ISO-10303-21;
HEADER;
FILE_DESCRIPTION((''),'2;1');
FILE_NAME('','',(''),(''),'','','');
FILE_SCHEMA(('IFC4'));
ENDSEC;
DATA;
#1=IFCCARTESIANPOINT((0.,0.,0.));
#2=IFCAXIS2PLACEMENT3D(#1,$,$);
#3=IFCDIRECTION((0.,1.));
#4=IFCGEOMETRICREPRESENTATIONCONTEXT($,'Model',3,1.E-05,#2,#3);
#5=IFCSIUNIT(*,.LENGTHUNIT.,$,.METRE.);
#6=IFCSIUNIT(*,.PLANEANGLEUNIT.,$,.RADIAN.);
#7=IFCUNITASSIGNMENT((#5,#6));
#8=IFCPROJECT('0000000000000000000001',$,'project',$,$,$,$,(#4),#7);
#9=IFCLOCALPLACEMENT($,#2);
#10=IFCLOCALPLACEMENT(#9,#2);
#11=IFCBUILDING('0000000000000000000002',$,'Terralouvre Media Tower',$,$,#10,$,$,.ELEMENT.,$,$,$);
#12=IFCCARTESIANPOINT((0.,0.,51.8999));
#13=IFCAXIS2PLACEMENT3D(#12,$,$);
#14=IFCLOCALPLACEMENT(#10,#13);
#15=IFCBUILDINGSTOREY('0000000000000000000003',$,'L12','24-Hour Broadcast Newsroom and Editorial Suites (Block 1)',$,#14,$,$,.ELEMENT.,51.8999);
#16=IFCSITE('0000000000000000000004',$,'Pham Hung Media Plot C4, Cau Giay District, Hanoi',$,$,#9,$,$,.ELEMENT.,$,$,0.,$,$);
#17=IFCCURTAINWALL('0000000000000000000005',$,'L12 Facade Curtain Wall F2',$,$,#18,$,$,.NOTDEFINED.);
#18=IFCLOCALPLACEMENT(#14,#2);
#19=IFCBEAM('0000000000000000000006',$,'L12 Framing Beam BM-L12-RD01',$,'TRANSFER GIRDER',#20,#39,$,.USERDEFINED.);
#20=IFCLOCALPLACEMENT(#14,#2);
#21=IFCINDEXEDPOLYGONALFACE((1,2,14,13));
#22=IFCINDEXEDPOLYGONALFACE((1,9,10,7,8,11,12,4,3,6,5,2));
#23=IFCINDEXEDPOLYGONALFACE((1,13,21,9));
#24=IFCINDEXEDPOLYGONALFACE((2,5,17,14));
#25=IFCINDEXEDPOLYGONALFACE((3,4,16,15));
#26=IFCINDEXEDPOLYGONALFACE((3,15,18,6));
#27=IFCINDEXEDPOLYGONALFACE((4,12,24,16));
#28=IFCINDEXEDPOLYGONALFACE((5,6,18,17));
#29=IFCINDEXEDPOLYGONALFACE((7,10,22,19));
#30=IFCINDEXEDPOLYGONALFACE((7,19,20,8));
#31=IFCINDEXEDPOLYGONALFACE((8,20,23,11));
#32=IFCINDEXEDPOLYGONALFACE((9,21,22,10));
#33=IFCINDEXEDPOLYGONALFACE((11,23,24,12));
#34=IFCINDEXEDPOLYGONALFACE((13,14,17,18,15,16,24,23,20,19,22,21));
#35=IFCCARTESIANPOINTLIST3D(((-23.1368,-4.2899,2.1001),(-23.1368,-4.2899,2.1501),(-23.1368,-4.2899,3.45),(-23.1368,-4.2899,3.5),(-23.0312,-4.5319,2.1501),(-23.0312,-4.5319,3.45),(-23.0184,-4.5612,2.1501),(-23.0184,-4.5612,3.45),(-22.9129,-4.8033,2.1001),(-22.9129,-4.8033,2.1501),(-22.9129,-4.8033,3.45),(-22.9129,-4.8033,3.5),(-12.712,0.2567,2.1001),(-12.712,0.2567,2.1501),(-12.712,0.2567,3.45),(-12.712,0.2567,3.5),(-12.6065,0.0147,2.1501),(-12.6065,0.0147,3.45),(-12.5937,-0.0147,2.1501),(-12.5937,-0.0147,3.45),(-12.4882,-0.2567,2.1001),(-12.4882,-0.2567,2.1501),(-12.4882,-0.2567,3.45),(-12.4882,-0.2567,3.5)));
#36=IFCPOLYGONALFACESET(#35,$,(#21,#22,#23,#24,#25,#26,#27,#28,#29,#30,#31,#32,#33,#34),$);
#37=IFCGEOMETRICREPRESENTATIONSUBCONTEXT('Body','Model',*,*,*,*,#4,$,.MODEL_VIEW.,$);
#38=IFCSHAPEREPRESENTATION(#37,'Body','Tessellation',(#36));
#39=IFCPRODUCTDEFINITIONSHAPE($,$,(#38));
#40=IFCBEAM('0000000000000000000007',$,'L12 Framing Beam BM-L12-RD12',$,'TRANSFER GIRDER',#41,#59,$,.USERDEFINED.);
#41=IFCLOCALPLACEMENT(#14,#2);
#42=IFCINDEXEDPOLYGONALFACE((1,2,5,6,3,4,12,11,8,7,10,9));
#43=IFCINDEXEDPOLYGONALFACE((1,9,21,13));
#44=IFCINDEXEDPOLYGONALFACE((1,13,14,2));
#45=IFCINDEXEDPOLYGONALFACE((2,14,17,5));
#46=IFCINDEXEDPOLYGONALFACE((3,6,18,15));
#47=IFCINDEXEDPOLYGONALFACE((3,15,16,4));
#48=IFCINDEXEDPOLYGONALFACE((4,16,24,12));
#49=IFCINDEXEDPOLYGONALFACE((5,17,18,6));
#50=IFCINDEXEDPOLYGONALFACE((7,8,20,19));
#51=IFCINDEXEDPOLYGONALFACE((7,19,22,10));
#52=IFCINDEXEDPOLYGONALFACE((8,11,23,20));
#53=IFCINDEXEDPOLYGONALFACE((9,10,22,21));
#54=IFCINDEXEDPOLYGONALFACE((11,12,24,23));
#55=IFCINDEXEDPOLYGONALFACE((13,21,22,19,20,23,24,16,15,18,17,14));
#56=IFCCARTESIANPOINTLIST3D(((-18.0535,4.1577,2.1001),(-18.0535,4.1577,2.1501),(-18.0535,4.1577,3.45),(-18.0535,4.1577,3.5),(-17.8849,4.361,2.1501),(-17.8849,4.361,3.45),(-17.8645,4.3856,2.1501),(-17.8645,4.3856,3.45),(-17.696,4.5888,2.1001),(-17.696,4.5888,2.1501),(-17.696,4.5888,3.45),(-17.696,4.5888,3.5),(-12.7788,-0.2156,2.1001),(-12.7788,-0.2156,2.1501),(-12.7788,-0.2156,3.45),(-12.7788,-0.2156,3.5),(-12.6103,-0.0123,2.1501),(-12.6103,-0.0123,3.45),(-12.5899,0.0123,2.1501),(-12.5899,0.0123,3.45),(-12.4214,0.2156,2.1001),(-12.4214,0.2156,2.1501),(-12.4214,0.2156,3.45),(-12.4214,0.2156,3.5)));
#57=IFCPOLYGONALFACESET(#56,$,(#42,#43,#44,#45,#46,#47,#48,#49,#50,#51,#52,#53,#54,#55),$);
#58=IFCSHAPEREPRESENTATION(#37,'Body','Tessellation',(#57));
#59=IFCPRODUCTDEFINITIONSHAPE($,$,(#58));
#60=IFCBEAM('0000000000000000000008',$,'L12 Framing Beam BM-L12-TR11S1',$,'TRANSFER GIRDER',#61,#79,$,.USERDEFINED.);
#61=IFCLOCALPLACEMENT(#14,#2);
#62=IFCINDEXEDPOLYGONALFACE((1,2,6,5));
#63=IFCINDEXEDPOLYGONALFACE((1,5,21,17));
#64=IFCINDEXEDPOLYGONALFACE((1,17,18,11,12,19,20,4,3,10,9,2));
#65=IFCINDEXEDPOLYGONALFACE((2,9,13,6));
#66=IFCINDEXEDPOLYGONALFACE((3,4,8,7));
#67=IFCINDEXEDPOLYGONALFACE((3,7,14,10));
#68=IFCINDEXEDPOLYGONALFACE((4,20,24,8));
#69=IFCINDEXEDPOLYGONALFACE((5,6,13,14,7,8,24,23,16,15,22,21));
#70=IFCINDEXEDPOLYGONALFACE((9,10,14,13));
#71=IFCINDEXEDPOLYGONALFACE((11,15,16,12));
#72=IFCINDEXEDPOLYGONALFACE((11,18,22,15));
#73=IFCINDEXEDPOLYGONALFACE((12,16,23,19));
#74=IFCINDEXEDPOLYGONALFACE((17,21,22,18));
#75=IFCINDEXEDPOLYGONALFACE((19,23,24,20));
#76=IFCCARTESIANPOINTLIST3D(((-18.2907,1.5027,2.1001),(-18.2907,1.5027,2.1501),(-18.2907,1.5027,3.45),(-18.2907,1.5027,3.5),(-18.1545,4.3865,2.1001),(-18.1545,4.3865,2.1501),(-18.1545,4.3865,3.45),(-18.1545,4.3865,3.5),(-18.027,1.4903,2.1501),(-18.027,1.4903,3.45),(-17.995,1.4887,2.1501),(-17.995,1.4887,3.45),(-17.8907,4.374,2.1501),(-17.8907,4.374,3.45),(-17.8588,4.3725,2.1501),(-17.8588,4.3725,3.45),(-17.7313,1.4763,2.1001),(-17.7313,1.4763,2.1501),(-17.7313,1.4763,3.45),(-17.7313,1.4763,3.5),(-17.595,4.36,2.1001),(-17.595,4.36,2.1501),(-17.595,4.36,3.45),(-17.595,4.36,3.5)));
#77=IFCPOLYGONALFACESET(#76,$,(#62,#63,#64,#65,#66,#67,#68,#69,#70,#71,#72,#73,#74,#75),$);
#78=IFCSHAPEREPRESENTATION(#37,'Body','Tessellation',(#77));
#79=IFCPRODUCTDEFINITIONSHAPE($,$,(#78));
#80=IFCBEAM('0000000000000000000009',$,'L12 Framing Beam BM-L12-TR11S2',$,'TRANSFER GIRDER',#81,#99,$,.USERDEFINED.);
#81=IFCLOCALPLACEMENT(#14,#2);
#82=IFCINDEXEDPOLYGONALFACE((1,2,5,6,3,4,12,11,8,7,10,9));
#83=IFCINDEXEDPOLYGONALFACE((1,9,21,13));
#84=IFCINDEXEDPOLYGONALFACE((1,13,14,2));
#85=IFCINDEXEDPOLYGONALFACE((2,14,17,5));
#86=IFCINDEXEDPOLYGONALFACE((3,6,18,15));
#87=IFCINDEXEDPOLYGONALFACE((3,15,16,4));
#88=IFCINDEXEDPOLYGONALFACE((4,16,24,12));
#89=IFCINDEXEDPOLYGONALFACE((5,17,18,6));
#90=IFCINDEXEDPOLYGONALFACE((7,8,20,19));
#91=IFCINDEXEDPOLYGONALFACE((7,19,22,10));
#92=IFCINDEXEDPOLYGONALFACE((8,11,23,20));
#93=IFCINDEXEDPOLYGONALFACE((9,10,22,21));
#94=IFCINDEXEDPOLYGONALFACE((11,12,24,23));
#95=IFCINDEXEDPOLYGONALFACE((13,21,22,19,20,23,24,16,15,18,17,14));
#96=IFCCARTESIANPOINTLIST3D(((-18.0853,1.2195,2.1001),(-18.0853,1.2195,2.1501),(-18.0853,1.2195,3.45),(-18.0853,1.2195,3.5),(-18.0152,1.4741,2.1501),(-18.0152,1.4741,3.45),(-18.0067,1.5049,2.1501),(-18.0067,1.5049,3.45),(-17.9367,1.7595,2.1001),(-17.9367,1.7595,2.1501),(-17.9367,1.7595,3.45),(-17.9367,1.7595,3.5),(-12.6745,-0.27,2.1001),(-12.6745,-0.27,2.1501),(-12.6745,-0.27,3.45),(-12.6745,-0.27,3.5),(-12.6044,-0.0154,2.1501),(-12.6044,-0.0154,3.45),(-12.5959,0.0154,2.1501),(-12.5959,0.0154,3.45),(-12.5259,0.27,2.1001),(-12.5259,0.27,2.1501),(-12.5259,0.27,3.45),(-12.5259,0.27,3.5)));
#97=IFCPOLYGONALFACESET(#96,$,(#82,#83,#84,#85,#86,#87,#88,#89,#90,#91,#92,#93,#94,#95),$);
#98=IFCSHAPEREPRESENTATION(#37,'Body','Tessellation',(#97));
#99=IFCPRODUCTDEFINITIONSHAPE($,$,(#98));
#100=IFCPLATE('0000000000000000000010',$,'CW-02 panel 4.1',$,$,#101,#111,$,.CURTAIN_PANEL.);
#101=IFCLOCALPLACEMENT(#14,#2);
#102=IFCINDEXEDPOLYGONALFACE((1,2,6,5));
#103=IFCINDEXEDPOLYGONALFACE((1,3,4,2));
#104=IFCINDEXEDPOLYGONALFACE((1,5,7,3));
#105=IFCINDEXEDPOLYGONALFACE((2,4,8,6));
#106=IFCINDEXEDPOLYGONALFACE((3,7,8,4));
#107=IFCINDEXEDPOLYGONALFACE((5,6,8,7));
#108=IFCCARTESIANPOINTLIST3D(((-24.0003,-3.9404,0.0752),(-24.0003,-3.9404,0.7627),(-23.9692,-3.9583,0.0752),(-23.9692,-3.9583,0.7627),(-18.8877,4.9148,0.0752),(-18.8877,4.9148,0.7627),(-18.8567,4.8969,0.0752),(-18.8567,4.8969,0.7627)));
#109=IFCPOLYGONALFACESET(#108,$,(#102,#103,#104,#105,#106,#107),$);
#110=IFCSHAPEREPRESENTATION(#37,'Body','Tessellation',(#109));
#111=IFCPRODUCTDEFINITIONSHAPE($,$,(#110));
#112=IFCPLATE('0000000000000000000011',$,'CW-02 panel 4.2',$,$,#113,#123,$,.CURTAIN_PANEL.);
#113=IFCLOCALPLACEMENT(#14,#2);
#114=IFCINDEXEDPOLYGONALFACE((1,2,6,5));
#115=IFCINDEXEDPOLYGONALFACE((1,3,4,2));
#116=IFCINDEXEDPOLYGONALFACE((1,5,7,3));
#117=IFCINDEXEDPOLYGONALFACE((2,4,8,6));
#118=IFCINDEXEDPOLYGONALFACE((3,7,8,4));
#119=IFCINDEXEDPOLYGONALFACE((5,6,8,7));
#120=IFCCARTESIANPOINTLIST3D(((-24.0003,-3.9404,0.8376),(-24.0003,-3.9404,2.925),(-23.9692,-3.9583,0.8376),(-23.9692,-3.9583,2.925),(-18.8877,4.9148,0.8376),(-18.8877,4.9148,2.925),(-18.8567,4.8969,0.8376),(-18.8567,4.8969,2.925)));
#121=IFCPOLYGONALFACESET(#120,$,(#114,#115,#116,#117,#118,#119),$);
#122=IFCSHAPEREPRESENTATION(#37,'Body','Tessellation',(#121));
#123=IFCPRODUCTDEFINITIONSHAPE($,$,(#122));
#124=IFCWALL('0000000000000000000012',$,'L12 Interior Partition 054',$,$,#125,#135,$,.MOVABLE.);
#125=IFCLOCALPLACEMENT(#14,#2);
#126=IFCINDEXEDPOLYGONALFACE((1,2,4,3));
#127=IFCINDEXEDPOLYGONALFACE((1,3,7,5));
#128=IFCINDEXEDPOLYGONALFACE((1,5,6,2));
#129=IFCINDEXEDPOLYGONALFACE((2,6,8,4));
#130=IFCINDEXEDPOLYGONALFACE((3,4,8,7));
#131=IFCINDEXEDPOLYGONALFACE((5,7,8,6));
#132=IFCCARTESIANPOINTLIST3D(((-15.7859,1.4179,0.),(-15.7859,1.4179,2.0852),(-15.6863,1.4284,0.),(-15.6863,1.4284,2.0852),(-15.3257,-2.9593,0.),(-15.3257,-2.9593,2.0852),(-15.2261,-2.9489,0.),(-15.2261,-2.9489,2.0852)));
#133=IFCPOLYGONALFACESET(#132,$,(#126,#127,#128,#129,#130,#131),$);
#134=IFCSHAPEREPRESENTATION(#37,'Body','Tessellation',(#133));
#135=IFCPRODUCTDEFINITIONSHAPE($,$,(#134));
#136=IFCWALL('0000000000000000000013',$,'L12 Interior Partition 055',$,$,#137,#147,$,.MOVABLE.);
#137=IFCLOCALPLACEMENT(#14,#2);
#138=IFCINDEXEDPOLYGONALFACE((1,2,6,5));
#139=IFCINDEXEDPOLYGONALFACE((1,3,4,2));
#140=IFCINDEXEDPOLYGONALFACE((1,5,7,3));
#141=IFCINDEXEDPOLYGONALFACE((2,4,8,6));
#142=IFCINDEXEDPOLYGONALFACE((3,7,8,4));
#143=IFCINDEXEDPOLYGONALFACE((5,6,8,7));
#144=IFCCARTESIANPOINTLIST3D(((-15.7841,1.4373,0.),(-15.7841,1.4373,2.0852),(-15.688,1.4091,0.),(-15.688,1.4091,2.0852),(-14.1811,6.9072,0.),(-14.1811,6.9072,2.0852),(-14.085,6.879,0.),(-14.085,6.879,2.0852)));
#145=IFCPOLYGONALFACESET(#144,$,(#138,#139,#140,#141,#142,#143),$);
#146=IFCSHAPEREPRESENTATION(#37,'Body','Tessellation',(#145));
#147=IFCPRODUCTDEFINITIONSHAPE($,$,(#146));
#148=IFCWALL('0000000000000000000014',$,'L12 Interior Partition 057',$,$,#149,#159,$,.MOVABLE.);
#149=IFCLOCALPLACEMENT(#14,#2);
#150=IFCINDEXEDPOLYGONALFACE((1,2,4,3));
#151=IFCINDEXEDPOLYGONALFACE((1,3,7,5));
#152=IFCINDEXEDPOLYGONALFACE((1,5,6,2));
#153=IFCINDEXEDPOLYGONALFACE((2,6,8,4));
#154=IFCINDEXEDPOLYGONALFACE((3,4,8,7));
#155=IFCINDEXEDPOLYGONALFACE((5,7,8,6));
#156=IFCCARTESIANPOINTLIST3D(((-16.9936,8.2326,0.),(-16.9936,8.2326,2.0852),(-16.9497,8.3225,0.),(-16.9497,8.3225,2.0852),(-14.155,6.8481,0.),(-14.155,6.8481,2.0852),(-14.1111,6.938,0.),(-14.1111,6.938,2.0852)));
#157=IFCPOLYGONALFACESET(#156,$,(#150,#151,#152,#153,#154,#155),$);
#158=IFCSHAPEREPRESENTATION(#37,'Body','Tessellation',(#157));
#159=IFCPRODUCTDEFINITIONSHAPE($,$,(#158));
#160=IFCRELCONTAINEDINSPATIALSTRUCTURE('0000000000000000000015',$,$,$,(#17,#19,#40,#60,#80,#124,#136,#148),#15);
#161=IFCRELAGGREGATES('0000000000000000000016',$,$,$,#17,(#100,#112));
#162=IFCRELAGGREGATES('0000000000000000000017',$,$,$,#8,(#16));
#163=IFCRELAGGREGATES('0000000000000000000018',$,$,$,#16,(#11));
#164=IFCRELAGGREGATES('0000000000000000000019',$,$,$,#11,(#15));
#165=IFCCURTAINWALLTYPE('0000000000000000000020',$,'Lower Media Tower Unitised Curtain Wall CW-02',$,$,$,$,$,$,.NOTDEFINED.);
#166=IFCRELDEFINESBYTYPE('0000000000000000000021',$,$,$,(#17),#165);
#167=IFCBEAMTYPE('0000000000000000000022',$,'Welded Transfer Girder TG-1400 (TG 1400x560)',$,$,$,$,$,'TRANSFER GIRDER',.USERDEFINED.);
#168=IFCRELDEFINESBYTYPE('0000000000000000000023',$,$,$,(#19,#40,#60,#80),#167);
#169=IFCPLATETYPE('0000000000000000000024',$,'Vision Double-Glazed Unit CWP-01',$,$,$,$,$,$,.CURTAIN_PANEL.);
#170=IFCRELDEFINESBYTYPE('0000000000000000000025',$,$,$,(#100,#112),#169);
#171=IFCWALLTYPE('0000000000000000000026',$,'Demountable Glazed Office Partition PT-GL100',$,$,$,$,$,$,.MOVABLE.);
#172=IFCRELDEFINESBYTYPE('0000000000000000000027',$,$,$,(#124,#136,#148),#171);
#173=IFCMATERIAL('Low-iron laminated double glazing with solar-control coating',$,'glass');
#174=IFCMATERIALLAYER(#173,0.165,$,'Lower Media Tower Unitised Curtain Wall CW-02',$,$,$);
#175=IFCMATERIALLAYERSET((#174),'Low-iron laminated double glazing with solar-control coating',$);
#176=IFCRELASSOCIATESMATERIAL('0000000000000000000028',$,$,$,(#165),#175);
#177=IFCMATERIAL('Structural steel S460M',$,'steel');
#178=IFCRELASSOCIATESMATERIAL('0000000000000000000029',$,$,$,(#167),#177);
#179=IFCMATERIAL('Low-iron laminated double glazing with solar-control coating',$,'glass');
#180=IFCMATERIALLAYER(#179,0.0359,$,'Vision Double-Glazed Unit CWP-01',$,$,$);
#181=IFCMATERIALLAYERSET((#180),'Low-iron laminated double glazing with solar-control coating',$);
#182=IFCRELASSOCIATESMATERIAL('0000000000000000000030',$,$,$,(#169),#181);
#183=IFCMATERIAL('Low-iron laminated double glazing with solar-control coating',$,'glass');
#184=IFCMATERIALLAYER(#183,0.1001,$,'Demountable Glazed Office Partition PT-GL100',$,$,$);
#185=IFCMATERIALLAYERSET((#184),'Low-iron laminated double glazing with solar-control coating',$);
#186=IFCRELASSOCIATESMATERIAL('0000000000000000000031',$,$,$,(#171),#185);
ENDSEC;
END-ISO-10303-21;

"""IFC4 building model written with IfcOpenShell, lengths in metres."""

from ifc_helpers import new_model, si_unit, direction, frame, frame_2d, origin, origin_2d, place, context, subcontext, project, spatial, rectangle, i_section, extrude, material, layer, layer_set, material_profile, profile_set, type_object, element, aggregate, save


model = new_model("IFC4")

# Units and contexts
model_context = context("Model", 3, precision=1e-05, world=origin(), true_north=direction((0.0, 1.0)))
body_context = subcontext(model_context, "Body", "Model", "MODEL_VIEW")
ifc_project = project(units=[si_unit("LENGTHUNIT", "METRE"), si_unit("PLANEANGLEUNIT", "RADIAN")], contexts=[model_context])

# Site, building, storey
site_placement = place(None, origin())
site = spatial("IfcSite", under=ifc_project, at=site_placement, Name="Pham Hung Media Plot C4, Cau Giay District, Hanoi", CompositionType="ELEMENT", RefElevation=0.0)
building_placement = place(site_placement, origin())
building = spatial("IfcBuilding", under=site, at=building_placement, Name="Terralouvre Media Tower", CompositionType="ELEMENT")
storey_placement = place(building_placement, frame((0.0, 0.0, 51.8999)))
storey = spatial("IfcBuildingStorey", under=building, at=storey_placement, Name="L12", Description="24-Hour Broadcast Newsroom and Editorial Suites (Block 1)", CompositionType="ELEMENT", Elevation=51.8999)

# Curtain wall
ifc_material_1 = material(Name="Low-iron laminated double glazing with solar-control coating", Category="glass")
ifc_layer_1 = layer(ifc_material_1, 0.165, Name="Lower Media Tower Unitised Curtain Wall CW-02")
ifc_layer_set_1 = layer_set([ifc_layer_1], Name="Low-iron laminated double glazing with solar-control coating")
curtain_wall_type = type_object("IfcCurtainWallType", Name="Lower Media Tower Unitised Curtain Wall CW-02", PredefinedType="NOTDEFINED", material=ifc_layer_set_1)
curtain_wall_placement = place(storey_placement, origin())
curtain_wall = element("IfcCurtainWall", 1, at=curtain_wall_placement, inside=storey, type_object=curtain_wall_type, Name="L12 Facade Curtain Wall F2", PredefinedType="NOTDEFINED")

# Beams
ifc_material_2 = material(Name="Structural steel S460M", Category="steel")
ifc_material_profile_1 = material_profile(ifc_material_2, i_section(OverallWidth=0.5601, OverallDepth=1.3999, WebThickness=0.032, FlangeThickness=0.05, at=origin_2d()), Name="TG 1400x560")
ifc_profile_set_1 = profile_set([ifc_material_profile_1], Name="Structural steel S460M")
beam_type_1 = type_object("IfcBeamType", Name="Welded Transfer Girder TG-1400 (TG 1400x560)", ElementType="TRANSFER GIRDER", PredefinedType="USERDEFINED", material=ifc_profile_set_1)
beam_1_placement = place(storey_placement, frame((-12.6001, 0.0, 2.8), z_axis=(-0.916616, -0.399769, 0.0), x_axis=(0.399769, -0.916616, 0.0)))
element("IfcBeam", 2, at=beam_1_placement, inside=storey, type_object=beam_type_1, Name="L12 Framing Beam BM-L12-RD01", ObjectType="TRANSFER GIRDER", PredefinedType="USERDEFINED", context=body_context, shape_type="SweptSolid", body=[
    extrude(i_section(OverallWidth=0.5601, OverallDepth=1.3999, WebThickness=0.032, FlangeThickness=0.05, at=origin_2d()), origin(), (0.0, 0.0, 1.0), 11.373),
])
beam_2_placement = place(storey_placement, frame((-12.6001, 0.0, 2.8), z_axis=(-0.769816, 0.638265, 0.0), x_axis=(-0.638265, -0.769816, 0.0)))
element("IfcBeam", 3, at=beam_2_placement, inside=storey, type_object=beam_type_1, Name="L12 Framing Beam BM-L12-RD12", ObjectType="TRANSFER GIRDER", PredefinedType="USERDEFINED", context=body_context, shape_type="SweptSolid", body=[
    extrude(i_section(OverallWidth=0.5601, OverallDepth=1.3999, WebThickness=0.032, FlangeThickness=0.05, at=origin_2d()), origin(), (0.0, 0.0, 1.0), 6.8518),
])
beam_3_placement = place(storey_placement, frame((-18.011, 1.4895, 2.8), z_axis=(0.047187, 0.998886, 0.0), x_axis=(-0.998886, 0.047187, 0.0)))
element("IfcBeam", 4, at=beam_3_placement, inside=storey, type_object=beam_type_1, Name="L12 Framing Beam BM-L12-TR11S1", ObjectType="TRANSFER GIRDER", PredefinedType="USERDEFINED", context=body_context, shape_type="SweptSolid", body=[
    extrude(i_section(OverallWidth=0.5601, OverallDepth=1.3999, WebThickness=0.032, FlangeThickness=0.05, at=origin_2d()), origin(), (0.0, 0.0, 1.0), 2.887),
])
beam_4_placement = place(storey_placement, frame((-18.011, 1.4895, 2.8), z_axis=(0.964137, -0.265406, 0.0), x_axis=(0.265406, 0.964137, 0.0)))
element("IfcBeam", 5, at=beam_4_placement, inside=storey, type_object=beam_type_1, Name="L12 Framing Beam BM-L12-TR11S2", ObjectType="TRANSFER GIRDER", PredefinedType="USERDEFINED", context=body_context, shape_type="SweptSolid", body=[
    extrude(i_section(OverallWidth=0.5601, OverallDepth=1.3999, WebThickness=0.032, FlangeThickness=0.05, at=origin_2d()), origin(), (0.0, 0.0, 1.0), 5.6121),
])

# Plates
ifc_material_3 = material(Name="Low-iron laminated double glazing with solar-control coating", Category="glass")
ifc_layer_2 = layer(ifc_material_3, 0.0359, Name="Vision Double-Glazed Unit CWP-01")
ifc_layer_set_2 = layer_set([ifc_layer_2], Name="Low-iron laminated double glazing with solar-control coating")
plate_type = type_object("IfcPlateType", Name="Vision Double-Glazed Unit CWP-01", PredefinedType="CURTAIN_PANEL", material=ifc_layer_set_2)
plate_1_placement = place(storey_placement, frame((-21.4285, 0.4783, 0.0752), z_axis=(0.0, 0.0, 1.0), x_axis=(-0.5, -0.866025, 0.0)))
plate_1 = element("IfcPlate", 6, at=plate_1_placement, type_object=plate_type, Name="CW-02 panel 4.1", PredefinedType="CURTAIN_PANEL", context=body_context, shape_type="SweptSolid", body=[
    extrude(rectangle(XDim=10.2251, YDim=0.0359, at=origin_2d()), origin(), (0.0, 0.0, 1.0), 0.6875),
])
plate_2_placement = place(storey_placement, frame((-21.4285, 0.4783, 0.8376), z_axis=(0.0, 0.0, 1.0), x_axis=(-0.5, -0.866025, 0.0)))
plate_2 = element("IfcPlate", 7, at=plate_2_placement, type_object=plate_type, Name="CW-02 panel 4.2", PredefinedType="CURTAIN_PANEL", context=body_context, shape_type="SweptSolid", body=[
    extrude(rectangle(XDim=10.2251, YDim=0.0359, at=origin_2d()), origin(), (0.0, 0.0, 1.0), 2.0874),
])
aggregate(curtain_wall, [plate_1, plate_2])

# Walls
ifc_material_4 = material(Name="Low-iron laminated double glazing with solar-control coating", Category="glass")
ifc_layer_3 = layer(ifc_material_4, 0.1001, Name="Demountable Glazed Office Partition PT-GL100")
ifc_layer_set_3 = layer_set([ifc_layer_3], Name="Low-iron laminated double glazing with solar-control coating")
wall_type_1 = type_object("IfcWallType", Name="Demountable Glazed Office Partition PT-GL100", PredefinedType="MOVABLE", material=ifc_layer_set_3)
wall_1_placement = place(storey_placement, frame((-15.2759, -2.9541, 0.0), z_axis=(0.0, 0.0, 1.0), x_axis=(-0.104561, 0.994519, 0.0)))
element("IfcWall", 8, at=wall_1_placement, inside=storey, type_object=wall_type_1, Name="L12 Interior Partition 054", PredefinedType="MOVABLE", context=body_context, shape_type="SweptSolid", body=[
    extrude(rectangle(XDim=4.4014, YDim=0.1001, at=frame_2d((2.2007, 0.0))), origin(), (0.0, 0.0, 1.0), 2.0852),
])
wall_2_placement = place(storey_placement, frame((-15.7361, 1.4231, 0.0), z_axis=(0.0, 0.0, 1.0), x_axis=(0.281232, 0.95964, 0.0)))
element("IfcWall", 9, at=wall_2_placement, inside=storey, type_object=wall_type_1, Name="L12 Interior Partition 055", PredefinedType="MOVABLE", context=body_context, shape_type="SweptSolid", body=[
    extrude(rectangle(XDim=5.7, YDim=0.1001, at=frame_2d((2.8501, 0.0))), origin(), (0.0, 0.0, 1.0), 2.0852),
])
wall_3_placement = place(storey_placement, frame((-14.1331, 6.8931, 0.0), z_axis=(0.0, 0.0, 1.0), x_axis=(-0.89879, 0.438379, 0.0)))
element("IfcWall", 10, at=wall_3_placement, inside=storey, type_object=wall_type_1, Name="L12 Interior Partition 057", PredefinedType="MOVABLE", context=body_context, shape_type="SweptSolid", body=[
    extrude(rectangle(XDim=3.1582, YDim=0.1001, at=frame_2d((1.5791, 0.0))), origin(), (0.0, 0.0, 1.0), 2.0852),
])

save(model, "model.ifc")
